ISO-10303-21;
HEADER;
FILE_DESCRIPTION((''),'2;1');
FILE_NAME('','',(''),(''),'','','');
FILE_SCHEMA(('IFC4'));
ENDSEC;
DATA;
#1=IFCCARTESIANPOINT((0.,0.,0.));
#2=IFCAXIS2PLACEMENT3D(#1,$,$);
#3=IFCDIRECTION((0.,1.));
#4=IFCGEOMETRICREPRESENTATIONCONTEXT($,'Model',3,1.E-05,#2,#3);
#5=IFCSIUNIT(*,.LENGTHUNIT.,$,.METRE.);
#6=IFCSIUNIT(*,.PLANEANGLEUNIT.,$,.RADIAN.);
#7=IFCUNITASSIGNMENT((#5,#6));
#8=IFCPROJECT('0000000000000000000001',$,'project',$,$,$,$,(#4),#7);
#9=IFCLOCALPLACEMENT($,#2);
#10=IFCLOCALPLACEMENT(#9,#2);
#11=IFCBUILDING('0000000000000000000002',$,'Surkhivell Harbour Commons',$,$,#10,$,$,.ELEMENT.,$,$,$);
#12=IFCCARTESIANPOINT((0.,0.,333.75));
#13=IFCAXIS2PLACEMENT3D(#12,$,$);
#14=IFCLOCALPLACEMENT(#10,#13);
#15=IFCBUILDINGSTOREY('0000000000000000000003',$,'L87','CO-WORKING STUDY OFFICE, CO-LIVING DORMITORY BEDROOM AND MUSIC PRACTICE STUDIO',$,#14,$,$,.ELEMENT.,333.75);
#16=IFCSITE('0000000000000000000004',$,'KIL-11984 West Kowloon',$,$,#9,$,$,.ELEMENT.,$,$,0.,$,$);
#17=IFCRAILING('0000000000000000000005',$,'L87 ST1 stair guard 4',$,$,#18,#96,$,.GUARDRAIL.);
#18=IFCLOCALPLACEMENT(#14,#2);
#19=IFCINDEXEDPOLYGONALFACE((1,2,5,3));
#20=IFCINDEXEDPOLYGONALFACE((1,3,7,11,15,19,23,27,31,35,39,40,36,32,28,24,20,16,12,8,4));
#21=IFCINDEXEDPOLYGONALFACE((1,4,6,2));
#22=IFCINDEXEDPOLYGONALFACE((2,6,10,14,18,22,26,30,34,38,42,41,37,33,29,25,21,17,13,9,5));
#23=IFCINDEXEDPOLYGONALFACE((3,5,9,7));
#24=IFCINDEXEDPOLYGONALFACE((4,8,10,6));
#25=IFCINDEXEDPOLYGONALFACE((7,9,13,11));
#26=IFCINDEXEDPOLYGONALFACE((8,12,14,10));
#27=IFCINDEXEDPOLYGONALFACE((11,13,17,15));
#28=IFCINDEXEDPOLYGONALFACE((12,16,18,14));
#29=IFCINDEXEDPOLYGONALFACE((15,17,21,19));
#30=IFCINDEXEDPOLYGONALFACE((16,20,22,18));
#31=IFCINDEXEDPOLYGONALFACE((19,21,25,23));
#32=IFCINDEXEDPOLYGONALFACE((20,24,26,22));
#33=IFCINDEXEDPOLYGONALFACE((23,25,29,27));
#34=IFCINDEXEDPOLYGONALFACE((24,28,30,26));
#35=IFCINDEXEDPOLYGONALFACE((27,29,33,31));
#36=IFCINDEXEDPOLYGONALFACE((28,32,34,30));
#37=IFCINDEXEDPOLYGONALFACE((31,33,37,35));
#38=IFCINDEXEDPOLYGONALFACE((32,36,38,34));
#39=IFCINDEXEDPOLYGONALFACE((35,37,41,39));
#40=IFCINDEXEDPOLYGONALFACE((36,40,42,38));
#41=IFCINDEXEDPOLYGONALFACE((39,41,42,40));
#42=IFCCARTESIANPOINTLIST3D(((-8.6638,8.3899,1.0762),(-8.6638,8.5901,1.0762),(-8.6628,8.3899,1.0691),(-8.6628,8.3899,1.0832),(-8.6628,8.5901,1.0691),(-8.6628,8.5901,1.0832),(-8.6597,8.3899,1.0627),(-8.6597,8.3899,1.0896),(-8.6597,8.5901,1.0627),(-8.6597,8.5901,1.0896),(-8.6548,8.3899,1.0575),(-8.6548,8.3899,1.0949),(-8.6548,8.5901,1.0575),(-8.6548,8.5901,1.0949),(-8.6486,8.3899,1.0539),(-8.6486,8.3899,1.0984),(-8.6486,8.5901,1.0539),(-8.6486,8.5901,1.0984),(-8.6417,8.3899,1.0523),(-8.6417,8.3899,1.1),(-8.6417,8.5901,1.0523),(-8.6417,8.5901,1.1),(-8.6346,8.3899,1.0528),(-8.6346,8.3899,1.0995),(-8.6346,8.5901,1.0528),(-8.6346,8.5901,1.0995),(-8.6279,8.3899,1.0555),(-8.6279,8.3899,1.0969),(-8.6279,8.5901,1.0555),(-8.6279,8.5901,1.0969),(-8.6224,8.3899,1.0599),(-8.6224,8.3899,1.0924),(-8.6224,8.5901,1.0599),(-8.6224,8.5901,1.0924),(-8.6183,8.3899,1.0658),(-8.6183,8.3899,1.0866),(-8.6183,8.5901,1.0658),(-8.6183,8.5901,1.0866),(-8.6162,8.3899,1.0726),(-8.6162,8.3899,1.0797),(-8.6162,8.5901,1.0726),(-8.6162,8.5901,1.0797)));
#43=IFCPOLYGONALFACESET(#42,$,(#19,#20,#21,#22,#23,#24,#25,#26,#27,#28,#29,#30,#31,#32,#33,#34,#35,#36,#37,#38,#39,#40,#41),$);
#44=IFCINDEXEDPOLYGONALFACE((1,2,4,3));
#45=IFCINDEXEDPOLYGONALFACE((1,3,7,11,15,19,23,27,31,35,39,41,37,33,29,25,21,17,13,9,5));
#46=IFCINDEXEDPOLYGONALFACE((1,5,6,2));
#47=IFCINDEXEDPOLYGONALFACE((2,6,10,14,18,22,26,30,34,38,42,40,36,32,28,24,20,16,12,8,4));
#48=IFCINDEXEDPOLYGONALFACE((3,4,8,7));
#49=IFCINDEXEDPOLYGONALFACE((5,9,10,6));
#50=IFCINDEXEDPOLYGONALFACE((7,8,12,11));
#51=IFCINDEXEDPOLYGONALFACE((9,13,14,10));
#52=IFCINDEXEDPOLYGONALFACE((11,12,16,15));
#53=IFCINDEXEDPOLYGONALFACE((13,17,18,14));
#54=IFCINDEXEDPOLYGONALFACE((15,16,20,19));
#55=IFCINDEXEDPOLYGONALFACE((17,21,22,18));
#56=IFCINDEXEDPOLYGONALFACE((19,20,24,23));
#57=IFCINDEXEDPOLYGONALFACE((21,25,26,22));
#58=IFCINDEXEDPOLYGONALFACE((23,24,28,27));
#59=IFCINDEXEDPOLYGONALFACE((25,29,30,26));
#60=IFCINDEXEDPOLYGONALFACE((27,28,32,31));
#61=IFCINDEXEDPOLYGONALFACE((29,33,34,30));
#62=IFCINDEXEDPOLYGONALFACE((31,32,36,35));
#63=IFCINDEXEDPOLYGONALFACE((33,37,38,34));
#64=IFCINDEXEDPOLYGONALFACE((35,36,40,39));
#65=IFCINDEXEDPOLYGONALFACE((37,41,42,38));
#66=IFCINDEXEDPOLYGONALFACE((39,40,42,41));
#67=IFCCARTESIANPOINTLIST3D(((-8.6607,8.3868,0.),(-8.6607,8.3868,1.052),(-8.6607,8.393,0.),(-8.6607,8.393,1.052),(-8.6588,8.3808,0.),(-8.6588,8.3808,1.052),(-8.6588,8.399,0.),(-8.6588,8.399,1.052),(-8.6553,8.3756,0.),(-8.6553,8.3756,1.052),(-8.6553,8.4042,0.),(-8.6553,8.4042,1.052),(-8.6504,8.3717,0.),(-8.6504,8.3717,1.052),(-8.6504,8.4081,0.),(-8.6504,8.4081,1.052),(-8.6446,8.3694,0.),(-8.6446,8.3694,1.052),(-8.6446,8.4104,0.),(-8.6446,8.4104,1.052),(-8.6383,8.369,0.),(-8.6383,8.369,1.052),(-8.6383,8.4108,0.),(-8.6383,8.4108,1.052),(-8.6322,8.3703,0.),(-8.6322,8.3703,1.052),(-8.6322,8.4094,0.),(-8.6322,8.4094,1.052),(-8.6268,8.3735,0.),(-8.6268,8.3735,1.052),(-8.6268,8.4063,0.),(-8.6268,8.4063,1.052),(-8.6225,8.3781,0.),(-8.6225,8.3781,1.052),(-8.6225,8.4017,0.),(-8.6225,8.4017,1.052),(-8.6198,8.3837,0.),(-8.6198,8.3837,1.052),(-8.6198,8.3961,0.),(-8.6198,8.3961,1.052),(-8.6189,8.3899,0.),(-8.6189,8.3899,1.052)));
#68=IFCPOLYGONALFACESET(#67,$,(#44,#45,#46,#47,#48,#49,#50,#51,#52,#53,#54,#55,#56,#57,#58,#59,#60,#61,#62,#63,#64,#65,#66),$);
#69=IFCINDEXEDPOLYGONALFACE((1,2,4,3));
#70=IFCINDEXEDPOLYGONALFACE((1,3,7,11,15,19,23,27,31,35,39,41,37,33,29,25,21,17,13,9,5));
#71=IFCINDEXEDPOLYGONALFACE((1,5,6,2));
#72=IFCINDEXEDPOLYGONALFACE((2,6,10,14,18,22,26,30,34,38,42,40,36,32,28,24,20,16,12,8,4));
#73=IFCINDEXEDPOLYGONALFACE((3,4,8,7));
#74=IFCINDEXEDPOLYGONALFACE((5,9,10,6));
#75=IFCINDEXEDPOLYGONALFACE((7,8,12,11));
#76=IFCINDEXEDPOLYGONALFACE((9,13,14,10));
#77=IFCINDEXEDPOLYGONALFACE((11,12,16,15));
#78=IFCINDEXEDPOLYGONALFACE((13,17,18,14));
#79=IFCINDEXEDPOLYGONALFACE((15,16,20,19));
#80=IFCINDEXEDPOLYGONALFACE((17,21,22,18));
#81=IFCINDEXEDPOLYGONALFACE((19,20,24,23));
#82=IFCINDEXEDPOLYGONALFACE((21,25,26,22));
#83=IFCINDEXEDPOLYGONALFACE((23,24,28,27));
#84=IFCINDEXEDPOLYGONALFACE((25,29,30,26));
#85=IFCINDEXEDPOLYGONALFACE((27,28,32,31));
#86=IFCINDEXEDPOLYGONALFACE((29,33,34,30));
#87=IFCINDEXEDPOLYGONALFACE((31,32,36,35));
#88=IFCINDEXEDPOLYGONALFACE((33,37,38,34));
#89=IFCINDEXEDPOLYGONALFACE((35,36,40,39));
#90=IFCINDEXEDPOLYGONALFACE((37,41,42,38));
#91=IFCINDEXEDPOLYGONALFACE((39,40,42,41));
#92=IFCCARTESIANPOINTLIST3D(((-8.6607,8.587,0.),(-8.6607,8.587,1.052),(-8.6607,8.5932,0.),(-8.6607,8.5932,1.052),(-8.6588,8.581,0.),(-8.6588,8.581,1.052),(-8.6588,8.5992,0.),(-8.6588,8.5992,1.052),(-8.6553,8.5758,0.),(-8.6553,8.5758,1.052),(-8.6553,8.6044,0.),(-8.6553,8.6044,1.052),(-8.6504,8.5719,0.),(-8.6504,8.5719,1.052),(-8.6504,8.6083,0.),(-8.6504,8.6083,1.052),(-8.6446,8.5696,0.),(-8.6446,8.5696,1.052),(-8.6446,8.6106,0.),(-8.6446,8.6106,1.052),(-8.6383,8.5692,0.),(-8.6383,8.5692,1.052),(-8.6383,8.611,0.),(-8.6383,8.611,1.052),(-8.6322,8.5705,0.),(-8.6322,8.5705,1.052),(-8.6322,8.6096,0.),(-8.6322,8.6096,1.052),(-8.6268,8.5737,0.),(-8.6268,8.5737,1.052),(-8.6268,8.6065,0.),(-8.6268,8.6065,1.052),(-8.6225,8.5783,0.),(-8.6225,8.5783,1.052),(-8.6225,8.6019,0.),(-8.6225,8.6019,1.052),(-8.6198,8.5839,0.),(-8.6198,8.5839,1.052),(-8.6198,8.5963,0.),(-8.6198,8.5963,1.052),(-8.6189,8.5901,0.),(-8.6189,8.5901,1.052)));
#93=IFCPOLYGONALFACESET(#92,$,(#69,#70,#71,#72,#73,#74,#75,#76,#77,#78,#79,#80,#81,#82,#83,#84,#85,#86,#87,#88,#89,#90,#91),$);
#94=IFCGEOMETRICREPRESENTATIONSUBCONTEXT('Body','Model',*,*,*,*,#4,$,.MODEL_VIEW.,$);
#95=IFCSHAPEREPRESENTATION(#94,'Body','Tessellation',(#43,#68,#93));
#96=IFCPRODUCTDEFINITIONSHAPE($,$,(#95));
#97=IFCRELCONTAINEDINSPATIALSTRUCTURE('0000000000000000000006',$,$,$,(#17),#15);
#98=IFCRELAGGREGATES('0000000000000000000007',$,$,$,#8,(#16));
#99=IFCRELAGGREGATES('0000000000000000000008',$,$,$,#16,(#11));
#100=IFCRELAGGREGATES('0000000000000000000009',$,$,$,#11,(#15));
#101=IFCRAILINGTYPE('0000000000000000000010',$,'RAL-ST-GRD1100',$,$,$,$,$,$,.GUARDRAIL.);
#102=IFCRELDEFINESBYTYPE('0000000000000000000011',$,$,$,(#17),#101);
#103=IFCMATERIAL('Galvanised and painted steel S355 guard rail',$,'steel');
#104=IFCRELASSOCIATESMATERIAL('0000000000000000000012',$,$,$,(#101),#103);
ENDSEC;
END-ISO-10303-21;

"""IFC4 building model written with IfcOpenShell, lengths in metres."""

from ifc_helpers import new_model, si_unit, direction, frame, origin, origin_2d, place, context, subcontext, project, spatial, circle, extrude, material, type_object, element, save


model = new_model("IFC4")

# Units and contexts
model_context = context("Model", 3, precision=1e-05, world=origin(), true_north=direction((0.0, 1.0)))
body_context = subcontext(model_context, "Body", "Model", "MODEL_VIEW")
ifc_project = project(units=[si_unit("LENGTHUNIT", "METRE"), si_unit("PLANEANGLEUNIT", "RADIAN")], contexts=[model_context])

# Site, building, storey
site_placement = place(None, origin())
site = spatial("IfcSite", under=ifc_project, at=site_placement, Name="KIL-11984 West Kowloon", CompositionType="ELEMENT", RefElevation=0.0)
building_placement = place(site_placement, origin())
building = spatial("IfcBuilding", under=site, at=building_placement, Name="Surkhivell Harbour Commons", CompositionType="ELEMENT")
storey_placement = place(building_placement, frame((0.0, 0.0, 333.75)))
storey = spatial("IfcBuildingStorey", under=building, at=storey_placement, Name="L87", Description="CO-WORKING STUDY OFFICE, CO-LIVING DORMITORY BEDROOM AND MUSIC PRACTICE STUDIO", CompositionType="ELEMENT", Elevation=333.75)

# Railing
ifc_material_1 = material(Name="Galvanised and painted steel S355 guard rail", Category="steel")
railing_type_1 = type_object("IfcRailingType", Name="RAL-ST-GRD1100", PredefinedType="GUARDRAIL", material=ifc_material_1)
railing_1_placement = place(storey_placement, frame((-8.6399, 8.3899, 0.0)))
element("IfcRailing", 1, at=railing_1_placement, inside=storey, type_object=railing_type_1, Name="L87 ST1 stair guard 4", PredefinedType="GUARDRAIL", context=body_context, shape_type="SweptSolid", body=[
    extrude(circle(Radius=0.0239, at=origin_2d()), frame((0.0, 0.0, 1.0762), z_axis=(0.0, 1.0, 0.0), x_axis=(-1.0, 0.0, 0.0)), (0.0, 0.0, 1.0), 0.2002),
    extrude(circle(Radius=0.021, at=origin_2d()), origin(), (0.0, 0.0, 1.0), 1.052),
    extrude(circle(Radius=0.021, at=origin_2d()), frame((0.0, 0.2002, 0.0)), (0.0, 0.0, 1.0), 1.052),
])

save(model, "model.ifc")
